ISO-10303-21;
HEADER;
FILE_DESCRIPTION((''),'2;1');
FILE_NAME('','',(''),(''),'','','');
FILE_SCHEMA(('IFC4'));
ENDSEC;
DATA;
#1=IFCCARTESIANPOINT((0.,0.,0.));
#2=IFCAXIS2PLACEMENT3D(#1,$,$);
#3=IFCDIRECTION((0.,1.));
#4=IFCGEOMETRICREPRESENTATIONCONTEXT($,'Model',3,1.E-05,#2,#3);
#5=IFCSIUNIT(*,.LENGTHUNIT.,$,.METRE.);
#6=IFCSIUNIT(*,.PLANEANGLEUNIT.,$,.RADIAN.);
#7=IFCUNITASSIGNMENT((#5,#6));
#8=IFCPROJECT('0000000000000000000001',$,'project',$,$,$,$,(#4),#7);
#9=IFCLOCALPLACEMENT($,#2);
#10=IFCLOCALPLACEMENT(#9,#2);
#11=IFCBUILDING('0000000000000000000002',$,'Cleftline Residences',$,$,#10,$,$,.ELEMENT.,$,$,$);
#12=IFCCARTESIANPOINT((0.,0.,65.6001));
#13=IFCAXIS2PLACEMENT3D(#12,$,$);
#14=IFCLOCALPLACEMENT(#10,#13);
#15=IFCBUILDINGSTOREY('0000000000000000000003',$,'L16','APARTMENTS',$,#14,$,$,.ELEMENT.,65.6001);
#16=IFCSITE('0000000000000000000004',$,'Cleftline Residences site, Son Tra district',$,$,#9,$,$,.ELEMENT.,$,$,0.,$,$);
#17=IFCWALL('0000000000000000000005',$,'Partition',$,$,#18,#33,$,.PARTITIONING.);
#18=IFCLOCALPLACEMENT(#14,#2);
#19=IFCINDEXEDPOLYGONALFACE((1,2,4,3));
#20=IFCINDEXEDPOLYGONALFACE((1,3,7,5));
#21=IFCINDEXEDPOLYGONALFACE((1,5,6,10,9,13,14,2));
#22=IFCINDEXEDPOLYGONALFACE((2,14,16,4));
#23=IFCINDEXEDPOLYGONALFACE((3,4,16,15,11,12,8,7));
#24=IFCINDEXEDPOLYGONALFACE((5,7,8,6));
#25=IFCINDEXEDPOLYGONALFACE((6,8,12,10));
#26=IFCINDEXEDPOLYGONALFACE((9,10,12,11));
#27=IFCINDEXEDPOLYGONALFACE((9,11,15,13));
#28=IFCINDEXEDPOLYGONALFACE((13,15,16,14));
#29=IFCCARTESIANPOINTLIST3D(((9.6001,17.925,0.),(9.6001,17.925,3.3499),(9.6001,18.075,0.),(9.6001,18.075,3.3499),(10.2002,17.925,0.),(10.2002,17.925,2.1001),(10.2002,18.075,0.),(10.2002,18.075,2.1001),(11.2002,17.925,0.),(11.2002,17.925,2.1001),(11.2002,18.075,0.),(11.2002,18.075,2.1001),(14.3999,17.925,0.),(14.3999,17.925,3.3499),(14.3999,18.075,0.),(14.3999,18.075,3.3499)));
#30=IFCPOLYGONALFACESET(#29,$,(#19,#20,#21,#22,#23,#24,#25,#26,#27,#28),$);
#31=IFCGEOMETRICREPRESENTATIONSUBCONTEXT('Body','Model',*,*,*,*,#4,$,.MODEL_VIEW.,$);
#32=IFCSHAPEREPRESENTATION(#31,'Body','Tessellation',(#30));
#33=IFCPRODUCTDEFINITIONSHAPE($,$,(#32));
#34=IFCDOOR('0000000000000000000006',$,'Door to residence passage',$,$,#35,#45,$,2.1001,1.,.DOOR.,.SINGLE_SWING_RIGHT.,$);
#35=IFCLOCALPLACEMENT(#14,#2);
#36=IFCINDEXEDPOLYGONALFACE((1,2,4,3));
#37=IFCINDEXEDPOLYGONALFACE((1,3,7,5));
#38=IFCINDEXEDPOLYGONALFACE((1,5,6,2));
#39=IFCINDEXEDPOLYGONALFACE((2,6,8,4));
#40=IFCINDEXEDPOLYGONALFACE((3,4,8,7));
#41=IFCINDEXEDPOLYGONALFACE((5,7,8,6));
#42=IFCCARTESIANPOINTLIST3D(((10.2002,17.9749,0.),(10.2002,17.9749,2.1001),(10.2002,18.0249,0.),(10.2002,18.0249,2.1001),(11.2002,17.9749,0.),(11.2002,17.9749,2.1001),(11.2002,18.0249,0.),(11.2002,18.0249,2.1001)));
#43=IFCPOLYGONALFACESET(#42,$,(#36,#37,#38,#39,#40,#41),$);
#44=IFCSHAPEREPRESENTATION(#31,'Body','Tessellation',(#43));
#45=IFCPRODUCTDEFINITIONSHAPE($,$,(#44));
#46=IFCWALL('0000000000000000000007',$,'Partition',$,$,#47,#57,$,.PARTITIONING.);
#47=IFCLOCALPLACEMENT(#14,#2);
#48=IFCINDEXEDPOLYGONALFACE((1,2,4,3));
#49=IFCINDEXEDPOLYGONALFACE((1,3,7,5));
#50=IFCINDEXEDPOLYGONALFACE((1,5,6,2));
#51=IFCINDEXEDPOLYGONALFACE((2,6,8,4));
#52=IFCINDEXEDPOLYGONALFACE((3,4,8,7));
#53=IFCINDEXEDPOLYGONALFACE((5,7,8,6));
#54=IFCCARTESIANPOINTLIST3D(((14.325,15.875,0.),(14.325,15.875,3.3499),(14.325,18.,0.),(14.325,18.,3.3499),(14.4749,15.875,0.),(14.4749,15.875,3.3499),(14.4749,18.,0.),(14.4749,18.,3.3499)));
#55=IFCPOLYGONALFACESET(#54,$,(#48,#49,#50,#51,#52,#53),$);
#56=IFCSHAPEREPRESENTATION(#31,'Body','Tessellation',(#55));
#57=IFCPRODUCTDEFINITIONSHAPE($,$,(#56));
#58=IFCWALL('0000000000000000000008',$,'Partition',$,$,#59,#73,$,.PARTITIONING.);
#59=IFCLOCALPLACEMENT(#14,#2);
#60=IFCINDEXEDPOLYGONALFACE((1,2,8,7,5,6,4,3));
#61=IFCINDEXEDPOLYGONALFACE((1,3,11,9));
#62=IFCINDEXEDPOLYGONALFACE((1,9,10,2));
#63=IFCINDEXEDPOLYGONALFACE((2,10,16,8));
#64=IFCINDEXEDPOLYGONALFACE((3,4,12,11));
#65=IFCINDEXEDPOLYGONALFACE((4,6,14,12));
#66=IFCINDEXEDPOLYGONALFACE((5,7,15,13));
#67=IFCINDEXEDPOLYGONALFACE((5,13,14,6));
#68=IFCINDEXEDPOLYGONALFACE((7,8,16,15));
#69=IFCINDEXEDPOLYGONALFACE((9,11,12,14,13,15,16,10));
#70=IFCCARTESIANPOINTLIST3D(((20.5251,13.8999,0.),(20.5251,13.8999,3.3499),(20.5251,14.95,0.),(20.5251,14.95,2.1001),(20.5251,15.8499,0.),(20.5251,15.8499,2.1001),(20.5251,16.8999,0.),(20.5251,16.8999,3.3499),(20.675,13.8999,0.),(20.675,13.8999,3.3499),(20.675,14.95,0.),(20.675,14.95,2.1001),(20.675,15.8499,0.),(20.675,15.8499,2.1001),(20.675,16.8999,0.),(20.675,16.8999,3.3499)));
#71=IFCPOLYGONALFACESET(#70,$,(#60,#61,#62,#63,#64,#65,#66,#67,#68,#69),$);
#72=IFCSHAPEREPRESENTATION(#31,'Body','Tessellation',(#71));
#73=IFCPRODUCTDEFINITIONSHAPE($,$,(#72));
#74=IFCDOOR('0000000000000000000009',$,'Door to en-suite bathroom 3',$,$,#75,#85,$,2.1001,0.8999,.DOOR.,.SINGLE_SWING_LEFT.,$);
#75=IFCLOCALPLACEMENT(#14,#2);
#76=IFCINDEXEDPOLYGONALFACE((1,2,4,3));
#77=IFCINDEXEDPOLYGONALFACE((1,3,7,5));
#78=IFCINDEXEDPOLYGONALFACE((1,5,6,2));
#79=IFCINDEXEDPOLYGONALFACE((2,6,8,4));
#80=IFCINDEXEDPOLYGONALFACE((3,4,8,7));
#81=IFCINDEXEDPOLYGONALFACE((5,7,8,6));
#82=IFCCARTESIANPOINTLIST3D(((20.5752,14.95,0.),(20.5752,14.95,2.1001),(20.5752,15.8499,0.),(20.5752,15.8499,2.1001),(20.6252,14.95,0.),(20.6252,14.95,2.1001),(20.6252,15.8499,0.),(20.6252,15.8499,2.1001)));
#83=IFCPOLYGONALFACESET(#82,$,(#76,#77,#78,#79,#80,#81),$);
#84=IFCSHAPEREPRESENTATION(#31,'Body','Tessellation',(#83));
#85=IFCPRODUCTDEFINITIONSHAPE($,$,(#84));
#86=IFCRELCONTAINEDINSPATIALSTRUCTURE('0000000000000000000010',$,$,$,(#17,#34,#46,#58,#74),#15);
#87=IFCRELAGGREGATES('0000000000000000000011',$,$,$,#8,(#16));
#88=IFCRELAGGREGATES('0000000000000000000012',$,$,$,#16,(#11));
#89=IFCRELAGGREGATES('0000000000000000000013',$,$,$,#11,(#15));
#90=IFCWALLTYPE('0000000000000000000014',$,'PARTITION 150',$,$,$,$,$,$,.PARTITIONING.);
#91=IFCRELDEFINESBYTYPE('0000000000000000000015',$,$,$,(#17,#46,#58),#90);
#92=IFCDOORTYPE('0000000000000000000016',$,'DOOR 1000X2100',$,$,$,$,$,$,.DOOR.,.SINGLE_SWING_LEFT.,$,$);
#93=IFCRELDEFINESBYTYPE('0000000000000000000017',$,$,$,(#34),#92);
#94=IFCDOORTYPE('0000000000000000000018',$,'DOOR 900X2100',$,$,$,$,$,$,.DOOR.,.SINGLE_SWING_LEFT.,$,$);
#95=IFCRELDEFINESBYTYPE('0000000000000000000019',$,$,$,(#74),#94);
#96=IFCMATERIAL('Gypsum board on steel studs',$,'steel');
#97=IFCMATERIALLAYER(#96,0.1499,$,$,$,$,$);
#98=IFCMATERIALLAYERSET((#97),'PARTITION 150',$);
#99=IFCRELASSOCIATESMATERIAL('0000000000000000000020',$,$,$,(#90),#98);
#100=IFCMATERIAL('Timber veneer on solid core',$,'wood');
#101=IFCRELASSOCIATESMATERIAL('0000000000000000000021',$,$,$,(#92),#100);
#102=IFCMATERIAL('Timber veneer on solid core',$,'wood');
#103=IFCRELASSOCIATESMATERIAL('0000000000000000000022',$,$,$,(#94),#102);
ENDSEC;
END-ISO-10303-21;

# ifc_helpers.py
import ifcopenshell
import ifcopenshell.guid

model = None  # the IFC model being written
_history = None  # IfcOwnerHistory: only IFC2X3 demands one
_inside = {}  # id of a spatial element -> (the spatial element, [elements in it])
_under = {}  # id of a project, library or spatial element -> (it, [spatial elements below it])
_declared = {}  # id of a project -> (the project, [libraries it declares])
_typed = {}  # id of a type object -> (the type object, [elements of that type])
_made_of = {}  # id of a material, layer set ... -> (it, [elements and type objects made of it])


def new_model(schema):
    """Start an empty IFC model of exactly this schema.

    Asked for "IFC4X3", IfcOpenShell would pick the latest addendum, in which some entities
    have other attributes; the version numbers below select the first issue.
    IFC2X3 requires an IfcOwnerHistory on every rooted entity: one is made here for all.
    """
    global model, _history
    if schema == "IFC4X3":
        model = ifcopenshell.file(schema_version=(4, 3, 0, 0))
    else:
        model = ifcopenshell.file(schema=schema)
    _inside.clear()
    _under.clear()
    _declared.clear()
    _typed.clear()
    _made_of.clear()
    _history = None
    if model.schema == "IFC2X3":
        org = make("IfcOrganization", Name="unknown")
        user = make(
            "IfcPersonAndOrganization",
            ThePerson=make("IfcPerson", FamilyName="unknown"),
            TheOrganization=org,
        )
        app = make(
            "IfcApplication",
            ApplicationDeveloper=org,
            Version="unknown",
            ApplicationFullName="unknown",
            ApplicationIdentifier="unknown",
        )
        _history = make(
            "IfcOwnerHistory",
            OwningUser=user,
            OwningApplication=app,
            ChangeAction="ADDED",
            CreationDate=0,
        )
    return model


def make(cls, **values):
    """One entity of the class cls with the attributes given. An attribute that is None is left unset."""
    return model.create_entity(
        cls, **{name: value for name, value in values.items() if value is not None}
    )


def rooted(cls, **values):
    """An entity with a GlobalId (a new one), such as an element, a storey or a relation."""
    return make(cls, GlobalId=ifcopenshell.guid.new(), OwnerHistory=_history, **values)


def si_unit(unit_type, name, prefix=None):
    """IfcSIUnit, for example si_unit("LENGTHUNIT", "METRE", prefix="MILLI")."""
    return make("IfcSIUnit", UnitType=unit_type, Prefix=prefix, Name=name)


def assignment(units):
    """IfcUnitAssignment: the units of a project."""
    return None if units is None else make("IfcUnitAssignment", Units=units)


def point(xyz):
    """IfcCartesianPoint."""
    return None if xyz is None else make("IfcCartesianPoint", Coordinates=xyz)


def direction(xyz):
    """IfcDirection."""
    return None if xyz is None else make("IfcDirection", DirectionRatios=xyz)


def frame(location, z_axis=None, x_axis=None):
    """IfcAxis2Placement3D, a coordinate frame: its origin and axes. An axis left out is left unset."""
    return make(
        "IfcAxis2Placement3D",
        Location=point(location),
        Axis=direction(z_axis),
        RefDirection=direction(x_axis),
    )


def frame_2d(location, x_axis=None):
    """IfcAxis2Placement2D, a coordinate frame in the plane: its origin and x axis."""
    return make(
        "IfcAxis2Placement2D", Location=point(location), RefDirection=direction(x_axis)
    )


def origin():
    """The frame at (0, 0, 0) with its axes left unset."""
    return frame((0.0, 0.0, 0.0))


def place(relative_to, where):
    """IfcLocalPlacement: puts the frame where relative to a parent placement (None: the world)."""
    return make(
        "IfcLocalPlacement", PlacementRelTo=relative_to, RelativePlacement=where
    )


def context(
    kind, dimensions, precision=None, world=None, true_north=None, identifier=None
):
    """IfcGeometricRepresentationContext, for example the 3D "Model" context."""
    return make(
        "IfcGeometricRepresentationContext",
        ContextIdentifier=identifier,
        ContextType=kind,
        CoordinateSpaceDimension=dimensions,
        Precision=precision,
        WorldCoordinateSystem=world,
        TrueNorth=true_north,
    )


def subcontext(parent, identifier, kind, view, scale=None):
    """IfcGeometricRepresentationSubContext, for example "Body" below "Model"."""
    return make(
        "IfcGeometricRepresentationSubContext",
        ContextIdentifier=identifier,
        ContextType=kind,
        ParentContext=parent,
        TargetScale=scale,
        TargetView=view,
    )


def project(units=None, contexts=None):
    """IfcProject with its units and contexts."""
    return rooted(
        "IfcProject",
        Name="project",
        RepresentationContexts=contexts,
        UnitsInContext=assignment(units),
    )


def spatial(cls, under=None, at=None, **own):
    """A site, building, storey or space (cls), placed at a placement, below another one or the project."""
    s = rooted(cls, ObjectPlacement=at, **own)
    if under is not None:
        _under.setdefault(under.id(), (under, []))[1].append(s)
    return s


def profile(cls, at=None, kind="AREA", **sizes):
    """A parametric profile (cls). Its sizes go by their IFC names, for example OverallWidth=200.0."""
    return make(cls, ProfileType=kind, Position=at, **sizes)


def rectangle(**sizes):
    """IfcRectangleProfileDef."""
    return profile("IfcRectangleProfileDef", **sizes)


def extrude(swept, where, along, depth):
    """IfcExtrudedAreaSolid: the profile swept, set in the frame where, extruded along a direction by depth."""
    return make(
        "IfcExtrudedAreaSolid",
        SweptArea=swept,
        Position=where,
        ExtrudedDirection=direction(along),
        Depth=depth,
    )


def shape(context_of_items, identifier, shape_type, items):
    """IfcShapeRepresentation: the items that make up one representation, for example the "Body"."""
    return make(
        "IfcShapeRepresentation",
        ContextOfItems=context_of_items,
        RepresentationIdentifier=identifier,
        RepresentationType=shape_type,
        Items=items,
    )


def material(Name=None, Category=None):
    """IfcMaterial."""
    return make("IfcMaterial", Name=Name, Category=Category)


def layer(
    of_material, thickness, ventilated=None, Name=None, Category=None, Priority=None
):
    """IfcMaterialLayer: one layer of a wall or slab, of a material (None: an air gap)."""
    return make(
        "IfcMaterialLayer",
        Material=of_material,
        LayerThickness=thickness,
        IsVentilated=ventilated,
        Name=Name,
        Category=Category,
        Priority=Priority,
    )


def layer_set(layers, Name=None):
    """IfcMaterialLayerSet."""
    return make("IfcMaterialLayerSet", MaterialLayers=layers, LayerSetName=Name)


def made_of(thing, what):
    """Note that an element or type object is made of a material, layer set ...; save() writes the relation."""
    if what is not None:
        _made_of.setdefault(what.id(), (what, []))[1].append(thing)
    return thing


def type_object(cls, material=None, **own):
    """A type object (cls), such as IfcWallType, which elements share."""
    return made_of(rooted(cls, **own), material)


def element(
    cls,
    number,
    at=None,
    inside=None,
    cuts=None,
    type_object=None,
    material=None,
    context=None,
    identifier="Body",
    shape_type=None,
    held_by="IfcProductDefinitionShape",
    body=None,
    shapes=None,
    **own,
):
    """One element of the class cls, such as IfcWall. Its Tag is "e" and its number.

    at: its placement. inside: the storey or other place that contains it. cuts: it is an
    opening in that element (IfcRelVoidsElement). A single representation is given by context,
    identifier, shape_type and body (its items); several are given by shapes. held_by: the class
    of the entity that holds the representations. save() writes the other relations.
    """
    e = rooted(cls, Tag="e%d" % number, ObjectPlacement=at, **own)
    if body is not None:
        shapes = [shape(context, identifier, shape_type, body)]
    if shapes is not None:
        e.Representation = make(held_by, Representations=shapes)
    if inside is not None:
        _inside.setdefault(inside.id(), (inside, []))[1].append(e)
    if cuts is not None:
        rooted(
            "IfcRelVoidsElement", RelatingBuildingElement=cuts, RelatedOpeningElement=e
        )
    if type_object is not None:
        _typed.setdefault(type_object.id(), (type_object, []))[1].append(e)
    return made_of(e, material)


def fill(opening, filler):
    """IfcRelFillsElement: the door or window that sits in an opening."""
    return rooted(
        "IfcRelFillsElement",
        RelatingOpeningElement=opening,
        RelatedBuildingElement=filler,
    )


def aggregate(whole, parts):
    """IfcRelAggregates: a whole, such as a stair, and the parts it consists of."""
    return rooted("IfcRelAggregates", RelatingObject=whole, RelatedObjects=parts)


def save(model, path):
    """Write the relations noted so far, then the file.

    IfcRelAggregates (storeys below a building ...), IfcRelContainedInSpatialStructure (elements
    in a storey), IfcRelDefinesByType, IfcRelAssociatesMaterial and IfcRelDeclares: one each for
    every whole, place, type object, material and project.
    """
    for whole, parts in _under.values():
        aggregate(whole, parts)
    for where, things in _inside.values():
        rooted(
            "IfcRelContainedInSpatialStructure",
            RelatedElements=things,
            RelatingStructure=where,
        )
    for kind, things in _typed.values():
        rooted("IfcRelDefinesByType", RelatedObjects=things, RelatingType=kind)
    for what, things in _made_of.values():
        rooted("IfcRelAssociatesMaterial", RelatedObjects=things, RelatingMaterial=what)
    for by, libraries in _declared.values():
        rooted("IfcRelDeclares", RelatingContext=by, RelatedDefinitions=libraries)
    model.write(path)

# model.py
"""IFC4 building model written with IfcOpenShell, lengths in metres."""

from ifc_helpers import new_model, si_unit, direction, frame, frame_2d, origin, place, context, subcontext, project, spatial, rectangle, extrude, material, layer, layer_set, type_object, element, fill, save


model = new_model("IFC4")

# Units and contexts
model_context = context("Model", 3, precision=1e-05, world=origin(), true_north=direction((0.0, 1.0)))
body_context = subcontext(model_context, "Body", "Model", "MODEL_VIEW")
ifc_project = project(units=[si_unit("LENGTHUNIT", "METRE"), si_unit("PLANEANGLEUNIT", "RADIAN")], contexts=[model_context])

# Site, building, storey
site_placement = place(None, origin())
site = spatial("IfcSite", under=ifc_project, at=site_placement, Name="Cleftline Residences site, Son Tra district", CompositionType="ELEMENT", RefElevation=0.0)
building_placement = place(site_placement, origin())
building = spatial("IfcBuilding", under=site, at=building_placement, Name="Cleftline Residences", CompositionType="ELEMENT")
storey_placement = place(building_placement, frame((0.0, 0.0, 65.6001)))
storey = spatial("IfcBuildingStorey", under=building, at=storey_placement, Name="L16", Description="APARTMENTS", CompositionType="ELEMENT", Elevation=65.6001)

# Shared definitions
ifc_material_1 = material(Name="Gypsum board on steel studs", Category="steel")
ifc_layer_1 = layer(ifc_material_1, 0.1499)
ifc_layer_set_1 = layer_set([ifc_layer_1], Name="PARTITION 150")
wall_type_1 = type_object("IfcWallType", Name="PARTITION 150", PredefinedType="PARTITIONING", material=ifc_layer_set_1)

# Wall, opening, door
wall_1_placement = place(storey_placement, frame((9.6001, 18.0, 0.0), z_axis=(0.0, 0.0, 1.0), x_axis=(1.0, 0.0, 0.0)))
wall_1 = element("IfcWall", 1, at=wall_1_placement, inside=storey, type_object=wall_type_1, Name="Partition", PredefinedType="PARTITIONING", context=body_context, shape_type="SweptSolid", body=[
    extrude(rectangle(XDim=4.7998, YDim=0.1499, at=frame_2d((2.3999, 0.0))), origin(), (0.0, 0.0, 1.0), 3.3499),
])
opening_1_placement = place(wall_1_placement, frame((0.6001, 0.0, 0.0)))
opening_1 = element("IfcOpeningElement", 2, at=opening_1_placement, cuts=wall_1, PredefinedType="OPENING", context=body_context, shape_type="SweptSolid", body=[
    extrude(rectangle(XDim=1.0, YDim=2.1001, at=frame_2d((0.5, 1.05))), frame((0.0, 0.085, 0.0), z_axis=(0.0, -1.0, 0.0), x_axis=(1.0, 0.0, 0.0)), (0.0, 0.0, 1.0), 0.1699),
])
ifc_material_2 = material(Name="Timber veneer on solid core", Category="wood")
door_type_1 = type_object("IfcDoorType", Name="DOOR 1000X2100", OperationType="SINGLE_SWING_LEFT", PredefinedType="DOOR", material=ifc_material_2)
door_1_placement = place(opening_1_placement, origin())
door_1 = element("IfcDoor", 3, at=door_1_placement, inside=storey, type_object=door_type_1, Name="Door to residence passage", OperationType="SINGLE_SWING_RIGHT", OverallHeight=2.1001, OverallWidth=1.0, PredefinedType="DOOR", context=body_context, shape_type="SweptSolid", body=[
    extrude(rectangle(XDim=1.0, YDim=2.1001, at=frame_2d((0.5, 1.05))), frame((0.0, 0.0249, 0.0), z_axis=(0.0, -1.0, 0.0), x_axis=(1.0, 0.0, 0.0)), (0.0, 0.0, 1.0), 0.05),
])
fill(opening_1, door_1)

# Wall
wall_2_placement = place(storey_placement, frame((14.3999, 15.875, 0.0), z_axis=(0.0, 0.0, 1.0), x_axis=(0.0, 1.0, 0.0)))
element("IfcWall", 4, at=wall_2_placement, inside=storey, type_object=wall_type_1, Name="Partition", PredefinedType="PARTITIONING", context=body_context, shape_type="SweptSolid", body=[
    extrude(rectangle(XDim=2.125, YDim=0.1499, at=frame_2d((1.0625, 0.0))), origin(), (0.0, 0.0, 1.0), 3.3499),
])

# Wall, opening, door
wall_3_placement = place(storey_placement, frame((20.6001, 13.8999, 0.0), z_axis=(0.0, 0.0, 1.0), x_axis=(0.0, 1.0, 0.0)))
wall_3 = element("IfcWall", 5, at=wall_3_placement, inside=storey, type_object=wall_type_1, Name="Partition", PredefinedType="PARTITIONING", context=body_context, shape_type="SweptSolid", body=[
    extrude(rectangle(XDim=3.0, YDim=0.1499, at=frame_2d((1.5, 0.0))), origin(), (0.0, 0.0, 1.0), 3.3499),
])
opening_2_placement = place(wall_3_placement, frame((1.05, 0.0, 0.0)))
opening_2 = element("IfcOpeningElement", 6, at=opening_2_placement, cuts=wall_3, PredefinedType="OPENING", context=body_context, shape_type="SweptSolid", body=[
    extrude(rectangle(XDim=0.8999, YDim=2.1001, at=frame_2d((0.45, 1.05))), frame((0.0, 0.085, 0.0), z_axis=(0.0, -1.0, 0.0), x_axis=(1.0, 0.0, 0.0)), (0.0, 0.0, 1.0), 0.1699),
])
ifc_material_3 = material(Name="Timber veneer on solid core", Category="wood")
door_type_2 = type_object("IfcDoorType", Name="DOOR 900X2100", OperationType="SINGLE_SWING_LEFT", PredefinedType="DOOR", material=ifc_material_3)
door_2_placement = place(opening_2_placement, origin())
door_2 = element("IfcDoor", 7, at=door_2_placement, inside=storey, type_object=door_type_2, Name="Door to en-suite bathroom 3", OperationType="SINGLE_SWING_LEFT", OverallHeight=2.1001, OverallWidth=0.8999, PredefinedType="DOOR", context=body_context, shape_type="SweptSolid", body=[
    extrude(rectangle(XDim=0.8999, YDim=2.1001, at=frame_2d((0.45, 1.05))), frame((0.0, 0.0249, 0.0), z_axis=(0.0, -1.0, 0.0), x_axis=(1.0, 0.0, 0.0)), (0.0, 0.0, 1.0), 0.05),
])
fill(opening_2, door_2)

save(model, "model.ifc")
